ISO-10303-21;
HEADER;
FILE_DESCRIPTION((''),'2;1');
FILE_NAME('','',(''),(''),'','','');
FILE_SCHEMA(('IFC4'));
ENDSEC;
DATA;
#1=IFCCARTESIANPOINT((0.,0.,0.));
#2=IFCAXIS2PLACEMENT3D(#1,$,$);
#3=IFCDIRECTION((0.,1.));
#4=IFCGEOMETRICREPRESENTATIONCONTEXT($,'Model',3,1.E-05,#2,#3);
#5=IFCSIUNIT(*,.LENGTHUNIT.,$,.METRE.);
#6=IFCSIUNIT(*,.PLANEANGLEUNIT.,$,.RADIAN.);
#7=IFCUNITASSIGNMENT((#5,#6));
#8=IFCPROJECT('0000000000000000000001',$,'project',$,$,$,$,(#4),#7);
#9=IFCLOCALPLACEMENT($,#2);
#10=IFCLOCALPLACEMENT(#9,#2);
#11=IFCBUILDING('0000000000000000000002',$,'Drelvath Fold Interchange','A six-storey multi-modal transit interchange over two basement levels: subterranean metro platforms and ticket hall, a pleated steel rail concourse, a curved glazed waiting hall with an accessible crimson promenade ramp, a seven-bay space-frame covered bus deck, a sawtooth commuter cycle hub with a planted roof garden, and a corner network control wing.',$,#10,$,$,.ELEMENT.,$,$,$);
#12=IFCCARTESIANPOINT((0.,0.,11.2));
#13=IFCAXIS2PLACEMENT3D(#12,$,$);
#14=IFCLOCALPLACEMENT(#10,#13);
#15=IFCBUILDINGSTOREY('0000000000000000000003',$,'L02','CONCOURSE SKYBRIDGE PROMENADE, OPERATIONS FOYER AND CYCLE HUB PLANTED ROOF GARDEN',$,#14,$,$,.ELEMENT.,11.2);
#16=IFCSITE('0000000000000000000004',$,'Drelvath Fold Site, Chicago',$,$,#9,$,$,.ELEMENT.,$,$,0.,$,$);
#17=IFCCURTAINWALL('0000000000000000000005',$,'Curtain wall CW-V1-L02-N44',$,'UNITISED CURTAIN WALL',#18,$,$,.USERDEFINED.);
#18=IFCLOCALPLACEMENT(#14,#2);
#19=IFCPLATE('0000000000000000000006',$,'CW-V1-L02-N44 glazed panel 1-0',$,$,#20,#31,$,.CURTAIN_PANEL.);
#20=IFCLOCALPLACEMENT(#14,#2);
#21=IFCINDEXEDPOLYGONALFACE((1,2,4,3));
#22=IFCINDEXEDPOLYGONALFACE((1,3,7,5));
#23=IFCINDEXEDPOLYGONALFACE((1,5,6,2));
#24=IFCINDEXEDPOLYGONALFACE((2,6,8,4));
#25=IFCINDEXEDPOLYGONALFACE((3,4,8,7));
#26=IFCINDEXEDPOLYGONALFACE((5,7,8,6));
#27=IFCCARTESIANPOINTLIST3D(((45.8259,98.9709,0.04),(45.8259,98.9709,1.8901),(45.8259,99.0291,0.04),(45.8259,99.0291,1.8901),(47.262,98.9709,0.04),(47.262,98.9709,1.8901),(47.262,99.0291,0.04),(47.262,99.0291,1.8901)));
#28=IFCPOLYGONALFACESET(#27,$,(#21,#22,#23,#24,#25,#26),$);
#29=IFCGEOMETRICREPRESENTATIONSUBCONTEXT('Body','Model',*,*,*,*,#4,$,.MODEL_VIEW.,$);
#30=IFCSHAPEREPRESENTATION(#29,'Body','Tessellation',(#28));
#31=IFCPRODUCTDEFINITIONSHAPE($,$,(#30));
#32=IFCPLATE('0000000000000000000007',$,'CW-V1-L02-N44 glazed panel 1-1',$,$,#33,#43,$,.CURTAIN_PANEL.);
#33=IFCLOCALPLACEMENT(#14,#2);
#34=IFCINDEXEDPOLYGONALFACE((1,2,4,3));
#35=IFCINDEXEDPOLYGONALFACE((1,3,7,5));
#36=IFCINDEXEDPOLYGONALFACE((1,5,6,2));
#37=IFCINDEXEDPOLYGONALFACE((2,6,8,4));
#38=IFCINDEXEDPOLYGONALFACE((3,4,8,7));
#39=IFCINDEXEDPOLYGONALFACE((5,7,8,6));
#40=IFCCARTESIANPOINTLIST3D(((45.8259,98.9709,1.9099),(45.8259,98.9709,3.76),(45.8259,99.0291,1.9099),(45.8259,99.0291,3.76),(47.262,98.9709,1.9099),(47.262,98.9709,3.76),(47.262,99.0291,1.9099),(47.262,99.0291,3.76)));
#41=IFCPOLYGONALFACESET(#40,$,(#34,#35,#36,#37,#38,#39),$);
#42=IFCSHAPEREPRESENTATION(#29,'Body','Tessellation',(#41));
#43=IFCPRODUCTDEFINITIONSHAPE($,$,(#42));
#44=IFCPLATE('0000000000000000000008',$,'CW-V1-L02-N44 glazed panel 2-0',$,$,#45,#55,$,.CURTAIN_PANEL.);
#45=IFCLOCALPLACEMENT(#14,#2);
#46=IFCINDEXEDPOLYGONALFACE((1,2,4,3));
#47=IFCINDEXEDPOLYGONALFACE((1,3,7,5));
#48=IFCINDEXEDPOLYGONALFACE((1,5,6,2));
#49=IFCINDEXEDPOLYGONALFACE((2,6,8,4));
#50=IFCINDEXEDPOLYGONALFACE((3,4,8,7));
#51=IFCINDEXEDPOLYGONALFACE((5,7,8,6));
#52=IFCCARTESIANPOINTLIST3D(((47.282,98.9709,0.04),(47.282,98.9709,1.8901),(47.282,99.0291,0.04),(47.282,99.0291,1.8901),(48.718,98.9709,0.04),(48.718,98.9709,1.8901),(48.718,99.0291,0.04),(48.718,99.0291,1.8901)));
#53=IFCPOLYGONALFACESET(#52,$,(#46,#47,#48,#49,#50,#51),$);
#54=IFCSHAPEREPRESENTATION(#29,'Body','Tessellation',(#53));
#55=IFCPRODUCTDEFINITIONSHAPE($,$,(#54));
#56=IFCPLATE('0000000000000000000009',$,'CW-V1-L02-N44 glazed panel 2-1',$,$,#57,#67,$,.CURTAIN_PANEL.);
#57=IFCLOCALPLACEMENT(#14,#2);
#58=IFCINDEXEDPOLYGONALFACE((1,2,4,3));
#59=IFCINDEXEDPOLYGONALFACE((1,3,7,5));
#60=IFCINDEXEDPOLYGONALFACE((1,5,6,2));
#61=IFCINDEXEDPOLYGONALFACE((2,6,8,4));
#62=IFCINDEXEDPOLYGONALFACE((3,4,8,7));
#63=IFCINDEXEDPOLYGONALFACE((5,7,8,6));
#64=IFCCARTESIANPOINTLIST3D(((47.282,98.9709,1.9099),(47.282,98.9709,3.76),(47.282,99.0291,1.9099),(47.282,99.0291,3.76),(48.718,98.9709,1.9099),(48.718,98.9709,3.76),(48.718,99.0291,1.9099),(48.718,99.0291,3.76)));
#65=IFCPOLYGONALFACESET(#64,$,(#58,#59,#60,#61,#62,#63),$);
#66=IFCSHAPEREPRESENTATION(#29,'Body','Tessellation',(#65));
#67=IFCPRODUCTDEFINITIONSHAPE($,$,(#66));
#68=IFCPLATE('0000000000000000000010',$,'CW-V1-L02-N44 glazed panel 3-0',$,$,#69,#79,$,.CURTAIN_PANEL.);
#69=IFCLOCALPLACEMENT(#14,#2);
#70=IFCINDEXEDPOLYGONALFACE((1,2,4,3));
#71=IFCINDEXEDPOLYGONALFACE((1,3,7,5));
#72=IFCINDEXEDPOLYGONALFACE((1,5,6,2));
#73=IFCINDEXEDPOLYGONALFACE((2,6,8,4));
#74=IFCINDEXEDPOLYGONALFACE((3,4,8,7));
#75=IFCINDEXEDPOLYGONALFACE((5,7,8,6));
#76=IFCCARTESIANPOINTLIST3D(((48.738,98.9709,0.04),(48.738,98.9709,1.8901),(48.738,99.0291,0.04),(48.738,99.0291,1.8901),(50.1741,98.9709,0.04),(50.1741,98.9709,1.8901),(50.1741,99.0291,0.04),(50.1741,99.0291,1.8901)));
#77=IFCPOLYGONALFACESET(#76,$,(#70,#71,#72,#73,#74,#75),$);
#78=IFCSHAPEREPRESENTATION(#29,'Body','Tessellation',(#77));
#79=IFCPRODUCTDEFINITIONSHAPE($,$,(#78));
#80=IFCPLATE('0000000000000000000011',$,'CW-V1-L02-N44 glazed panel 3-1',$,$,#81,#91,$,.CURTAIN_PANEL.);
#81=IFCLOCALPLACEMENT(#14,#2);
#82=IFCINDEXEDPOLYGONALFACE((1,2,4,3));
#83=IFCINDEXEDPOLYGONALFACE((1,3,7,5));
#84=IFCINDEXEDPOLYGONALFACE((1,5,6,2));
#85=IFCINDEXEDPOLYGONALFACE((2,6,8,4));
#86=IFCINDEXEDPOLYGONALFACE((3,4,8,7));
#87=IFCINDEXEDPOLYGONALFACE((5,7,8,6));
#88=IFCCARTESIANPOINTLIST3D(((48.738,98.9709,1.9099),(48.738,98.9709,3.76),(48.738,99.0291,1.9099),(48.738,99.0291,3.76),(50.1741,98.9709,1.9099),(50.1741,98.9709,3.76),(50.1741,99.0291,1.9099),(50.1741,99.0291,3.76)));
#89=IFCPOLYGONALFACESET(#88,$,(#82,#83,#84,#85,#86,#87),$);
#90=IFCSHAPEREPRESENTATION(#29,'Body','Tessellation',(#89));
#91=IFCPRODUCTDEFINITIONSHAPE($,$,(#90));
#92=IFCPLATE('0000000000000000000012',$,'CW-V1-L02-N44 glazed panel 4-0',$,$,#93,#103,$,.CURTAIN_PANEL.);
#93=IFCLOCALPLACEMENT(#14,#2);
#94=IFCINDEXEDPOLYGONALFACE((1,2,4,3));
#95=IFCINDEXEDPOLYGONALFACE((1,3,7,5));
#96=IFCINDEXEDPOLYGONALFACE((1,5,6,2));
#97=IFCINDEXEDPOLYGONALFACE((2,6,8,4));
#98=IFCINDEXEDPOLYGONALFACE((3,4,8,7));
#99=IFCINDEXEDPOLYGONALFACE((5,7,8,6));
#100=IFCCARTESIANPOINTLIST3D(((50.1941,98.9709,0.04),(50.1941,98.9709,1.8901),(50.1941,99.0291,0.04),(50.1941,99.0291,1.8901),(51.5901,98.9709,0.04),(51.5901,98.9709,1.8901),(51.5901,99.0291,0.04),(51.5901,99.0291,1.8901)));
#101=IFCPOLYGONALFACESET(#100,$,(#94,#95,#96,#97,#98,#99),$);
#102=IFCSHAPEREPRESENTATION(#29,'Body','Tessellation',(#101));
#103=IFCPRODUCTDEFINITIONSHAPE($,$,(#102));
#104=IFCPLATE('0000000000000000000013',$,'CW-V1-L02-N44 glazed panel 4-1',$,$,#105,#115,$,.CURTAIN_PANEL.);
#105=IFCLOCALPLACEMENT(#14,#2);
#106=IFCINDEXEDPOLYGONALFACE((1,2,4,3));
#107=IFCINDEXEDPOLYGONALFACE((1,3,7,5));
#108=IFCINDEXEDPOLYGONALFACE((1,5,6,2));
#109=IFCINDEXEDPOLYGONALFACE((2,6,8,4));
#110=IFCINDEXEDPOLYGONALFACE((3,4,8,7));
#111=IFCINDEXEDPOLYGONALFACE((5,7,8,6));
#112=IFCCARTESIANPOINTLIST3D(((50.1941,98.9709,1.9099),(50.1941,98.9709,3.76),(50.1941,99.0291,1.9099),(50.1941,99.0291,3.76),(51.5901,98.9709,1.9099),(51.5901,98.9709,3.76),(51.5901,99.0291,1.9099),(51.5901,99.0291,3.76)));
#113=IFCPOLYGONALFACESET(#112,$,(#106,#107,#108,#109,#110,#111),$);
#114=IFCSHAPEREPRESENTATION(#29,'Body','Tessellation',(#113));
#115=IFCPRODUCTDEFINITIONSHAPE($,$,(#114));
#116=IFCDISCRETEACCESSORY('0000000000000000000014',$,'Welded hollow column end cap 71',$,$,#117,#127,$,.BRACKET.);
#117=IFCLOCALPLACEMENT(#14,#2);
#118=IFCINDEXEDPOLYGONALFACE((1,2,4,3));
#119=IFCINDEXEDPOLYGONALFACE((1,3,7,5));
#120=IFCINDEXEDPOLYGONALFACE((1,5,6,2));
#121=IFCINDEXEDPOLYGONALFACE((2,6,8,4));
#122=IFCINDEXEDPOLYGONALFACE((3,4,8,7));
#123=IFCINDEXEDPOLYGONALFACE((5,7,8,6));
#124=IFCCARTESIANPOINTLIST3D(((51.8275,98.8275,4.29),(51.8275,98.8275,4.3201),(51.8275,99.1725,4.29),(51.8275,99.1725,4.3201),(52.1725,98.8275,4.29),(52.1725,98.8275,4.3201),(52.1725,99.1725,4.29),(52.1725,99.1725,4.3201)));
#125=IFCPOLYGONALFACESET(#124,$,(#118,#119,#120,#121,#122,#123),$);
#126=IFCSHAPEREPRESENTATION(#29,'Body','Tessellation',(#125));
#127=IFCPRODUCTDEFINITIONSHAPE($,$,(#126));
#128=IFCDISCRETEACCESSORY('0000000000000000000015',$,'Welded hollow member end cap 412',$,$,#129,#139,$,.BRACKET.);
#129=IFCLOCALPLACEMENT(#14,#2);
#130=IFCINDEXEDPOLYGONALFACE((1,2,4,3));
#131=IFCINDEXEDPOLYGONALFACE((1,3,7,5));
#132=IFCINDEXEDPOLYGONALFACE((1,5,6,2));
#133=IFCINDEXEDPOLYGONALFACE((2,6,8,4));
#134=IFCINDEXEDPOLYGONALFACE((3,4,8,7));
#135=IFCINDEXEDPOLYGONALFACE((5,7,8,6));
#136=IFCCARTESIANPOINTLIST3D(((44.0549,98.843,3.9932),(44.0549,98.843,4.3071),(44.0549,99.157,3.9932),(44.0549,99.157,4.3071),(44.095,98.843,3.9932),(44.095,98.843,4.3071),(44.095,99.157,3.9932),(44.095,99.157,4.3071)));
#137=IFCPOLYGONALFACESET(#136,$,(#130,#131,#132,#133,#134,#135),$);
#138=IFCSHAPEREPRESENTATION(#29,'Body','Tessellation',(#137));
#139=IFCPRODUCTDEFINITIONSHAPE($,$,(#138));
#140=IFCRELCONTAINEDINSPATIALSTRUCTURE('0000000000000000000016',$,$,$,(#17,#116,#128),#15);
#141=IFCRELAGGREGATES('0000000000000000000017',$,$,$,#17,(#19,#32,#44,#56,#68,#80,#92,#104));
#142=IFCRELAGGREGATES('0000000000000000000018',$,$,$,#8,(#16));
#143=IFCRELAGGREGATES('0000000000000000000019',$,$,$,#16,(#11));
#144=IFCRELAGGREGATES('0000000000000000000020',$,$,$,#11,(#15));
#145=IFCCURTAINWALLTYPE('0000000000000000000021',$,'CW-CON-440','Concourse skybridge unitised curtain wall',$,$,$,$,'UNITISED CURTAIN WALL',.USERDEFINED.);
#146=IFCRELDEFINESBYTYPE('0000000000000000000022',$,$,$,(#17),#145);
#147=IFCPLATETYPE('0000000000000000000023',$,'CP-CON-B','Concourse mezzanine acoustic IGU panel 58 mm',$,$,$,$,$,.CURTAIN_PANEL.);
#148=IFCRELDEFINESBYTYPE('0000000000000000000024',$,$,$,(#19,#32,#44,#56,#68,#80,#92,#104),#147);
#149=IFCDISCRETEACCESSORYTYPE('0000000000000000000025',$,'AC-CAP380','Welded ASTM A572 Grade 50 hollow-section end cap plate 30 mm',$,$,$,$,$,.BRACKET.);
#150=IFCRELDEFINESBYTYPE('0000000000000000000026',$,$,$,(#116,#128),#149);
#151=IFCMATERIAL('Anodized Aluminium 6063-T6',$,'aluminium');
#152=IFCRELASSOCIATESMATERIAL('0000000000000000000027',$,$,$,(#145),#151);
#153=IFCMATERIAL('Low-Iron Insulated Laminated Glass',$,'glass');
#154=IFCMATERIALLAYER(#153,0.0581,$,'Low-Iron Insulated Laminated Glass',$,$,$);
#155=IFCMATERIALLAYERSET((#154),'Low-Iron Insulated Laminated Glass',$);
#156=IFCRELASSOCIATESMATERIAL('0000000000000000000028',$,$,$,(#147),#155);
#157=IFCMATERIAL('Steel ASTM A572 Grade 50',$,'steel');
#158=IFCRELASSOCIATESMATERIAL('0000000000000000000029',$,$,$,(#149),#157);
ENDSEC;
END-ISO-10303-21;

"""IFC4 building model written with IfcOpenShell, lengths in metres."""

from ifc_helpers import new_model, si_unit, direction, frame, origin, origin_2d, place, context, subcontext, project, spatial, rectangle, extrude, material, layer, layer_set, type_object, element, aggregate, save


model = new_model("IFC4")

# Units and contexts
model_context = context("Model", 3, precision=1e-05, world=origin(), true_north=direction((0.0, 1.0)))
body_context = subcontext(model_context, "Body", "Model", "MODEL_VIEW")
ifc_project = project(units=[si_unit("LENGTHUNIT", "METRE"), si_unit("PLANEANGLEUNIT", "RADIAN")], contexts=[model_context])

# Site, building, storey
site_placement = place(None, origin())
site = spatial("IfcSite", under=ifc_project, at=site_placement, Name="Drelvath Fold Site, Chicago", CompositionType="ELEMENT", RefElevation=0.0)
building_placement = place(site_placement, origin())
building = spatial("IfcBuilding", under=site, at=building_placement, Name="Drelvath Fold Interchange", Description="A six-storey multi-modal transit interchange over two basement levels: subterranean metro platforms and ticket hall, a pleated steel rail concourse, a curved glazed waiting hall with an accessible crimson promenade ramp, a seven-bay space-frame covered bus deck, a sawtooth commuter cycle hub with a planted roof garden, and a corner network control wing.", CompositionType="ELEMENT")
storey_placement = place(building_placement, frame((0.0, 0.0, 11.2)))
storey = spatial("IfcBuildingStorey", under=building, at=storey_placement, Name="L02", Description="CONCOURSE SKYBRIDGE PROMENADE, OPERATIONS FOYER AND CYCLE HUB PLANTED ROOF GARDEN", CompositionType="ELEMENT", Elevation=11.2)

# Curtain wall, plates
ifc_material_1 = material(Name="Anodized Aluminium 6063-T6", Category="aluminium")
curtain_wall_type = type_object("IfcCurtainWallType", Name="CW-CON-440", Description="Concourse skybridge unitised curtain wall", ElementType="UNITISED CURTAIN WALL", PredefinedType="USERDEFINED", material=ifc_material_1)
curtain_wall_placement = place(storey_placement, origin())
curtain_wall = element("IfcCurtainWall", 1, at=curtain_wall_placement, inside=storey, type_object=curtain_wall_type, Name="Curtain wall CW-V1-L02-N44", ObjectType="UNITISED CURTAIN WALL", PredefinedType="USERDEFINED")
ifc_material_2 = material(Name="Low-Iron Insulated Laminated Glass", Category="glass")
ifc_layer = layer(ifc_material_2, 0.0581, Name="Low-Iron Insulated Laminated Glass")
ifc_layer_set = layer_set([ifc_layer], Name="Low-Iron Insulated Laminated Glass")
plate_type = type_object("IfcPlateType", Name="CP-CON-B", Description="Concourse mezzanine acoustic IGU panel 58 mm", PredefinedType="CURTAIN_PANEL", material=ifc_layer_set)
plate_1_placement = place(storey_placement, frame((46.5439, 99.0, 0.04), z_axis=(0.0, 0.0, 1.0), x_axis=(1.0, 0.0, 0.0)))
plate_1 = element("IfcPlate", 2, at=plate_1_placement, type_object=plate_type, Name="CW-V1-L02-N44 glazed panel 1-0", PredefinedType="CURTAIN_PANEL", context=body_context, shape_type="SweptSolid", body=[
    extrude(rectangle(XDim=1.436, YDim=0.0581, at=origin_2d()), origin(), (0.0, 0.0, 1.0), 1.8501),
])
plate_2_placement = place(storey_placement, frame((46.5439, 99.0, 1.9099), z_axis=(0.0, 0.0, 1.0), x_axis=(1.0, 0.0, 0.0)))
plate_2 = element("IfcPlate", 3, at=plate_2_placement, type_object=plate_type, Name="CW-V1-L02-N44 glazed panel 1-1", PredefinedType="CURTAIN_PANEL", context=body_context, shape_type="SweptSolid", body=[
    extrude(rectangle(XDim=1.436, YDim=0.0581, at=origin_2d()), origin(), (0.0, 0.0, 1.0), 1.8501),
])
plate_3_placement = place(storey_placement, frame((48.0, 99.0, 0.04), z_axis=(0.0, 0.0, 1.0), x_axis=(1.0, 0.0, 0.0)))
plate_3 = element("IfcPlate", 4, at=plate_3_placement, type_object=plate_type, Name="CW-V1-L02-N44 glazed panel 2-0", PredefinedType="CURTAIN_PANEL", context=body_context, shape_type="SweptSolid", body=[
    extrude(rectangle(XDim=1.436, YDim=0.0581, at=origin_2d()), origin(), (0.0, 0.0, 1.0), 1.8501),
])
plate_4_placement = place(storey_placement, frame((48.0, 99.0, 1.9099), z_axis=(0.0, 0.0, 1.0), x_axis=(1.0, 0.0, 0.0)))
plate_4 = element("IfcPlate", 5, at=plate_4_placement, type_object=plate_type, Name="CW-V1-L02-N44 glazed panel 2-1", PredefinedType="CURTAIN_PANEL", context=body_context, shape_type="SweptSolid", body=[
    extrude(rectangle(XDim=1.436, YDim=0.0581, at=origin_2d()), origin(), (0.0, 0.0, 1.0), 1.8501),
])
plate_5_placement = place(storey_placement, frame((49.4561, 99.0, 0.04), z_axis=(0.0, 0.0, 1.0), x_axis=(1.0, 0.0, 0.0)))
plate_5 = element("IfcPlate", 6, at=plate_5_placement, type_object=plate_type, Name="CW-V1-L02-N44 glazed panel 3-0", PredefinedType="CURTAIN_PANEL", context=body_context, shape_type="SweptSolid", body=[
    extrude(rectangle(XDim=1.436, YDim=0.0581, at=origin_2d()), origin(), (0.0, 0.0, 1.0), 1.8501),
])
plate_6_placement = place(storey_placement, frame((49.4561, 99.0, 1.9099), z_axis=(0.0, 0.0, 1.0), x_axis=(1.0, 0.0, 0.0)))
plate_6 = element("IfcPlate", 7, at=plate_6_placement, type_object=plate_type, Name="CW-V1-L02-N44 glazed panel 3-1", PredefinedType="CURTAIN_PANEL", context=body_context, shape_type="SweptSolid", body=[
    extrude(rectangle(XDim=1.436, YDim=0.0581, at=origin_2d()), origin(), (0.0, 0.0, 1.0), 1.8501),
])
plate_7_placement = place(storey_placement, frame((50.8921, 99.0, 0.04), z_axis=(0.0, 0.0, 1.0), x_axis=(1.0, 0.0, 0.0)))
plate_7 = element("IfcPlate", 8, at=plate_7_placement, type_object=plate_type, Name="CW-V1-L02-N44 glazed panel 4-0", PredefinedType="CURTAIN_PANEL", context=body_context, shape_type="SweptSolid", body=[
    extrude(rectangle(XDim=1.396, YDim=0.0581, at=origin_2d()), origin(), (0.0, 0.0, 1.0), 1.8501),
])
plate_8_placement = place(storey_placement, frame((50.8921, 99.0, 1.9099), z_axis=(0.0, 0.0, 1.0), x_axis=(1.0, 0.0, 0.0)))
plate_8 = element("IfcPlate", 9, at=plate_8_placement, type_object=plate_type, Name="CW-V1-L02-N44 glazed panel 4-1", PredefinedType="CURTAIN_PANEL", context=body_context, shape_type="SweptSolid", body=[
    extrude(rectangle(XDim=1.396, YDim=0.0581, at=origin_2d()), origin(), (0.0, 0.0, 1.0), 1.8501),
])
aggregate(curtain_wall, [plate_1, plate_2, plate_3, plate_4, plate_5, plate_6, plate_7, plate_8])

# Discrete accessories
ifc_material_3 = material(Name="Steel ASTM A572 Grade 50", Category="steel")
discrete_accessory_type = type_object("IfcDiscreteAccessoryType", Name="AC-CAP380", Description="Welded ASTM A572 Grade 50 hollow-section end cap plate 30 mm", PredefinedType="BRACKET", material=ifc_material_3)
discrete_accessory_1_placement = place(storey_placement, frame((52.0, 99.0, 4.29), z_axis=(0.0, 0.0, 1.0), x_axis=(1.0, 0.0, 0.0)))
element("IfcDiscreteAccessory", 10, at=discrete_accessory_1_placement, inside=storey, type_object=discrete_accessory_type, Name="Welded hollow column end cap 71", PredefinedType="BRACKET", context=body_context, shape_type="SweptSolid", body=[
    extrude(rectangle(XDim=0.345, YDim=0.345, at=origin_2d()), origin(), (0.0, 0.0, 1.0), 0.03),
])
discrete_accessory_2_placement = place(storey_placement, frame((44.075, 99.0, 3.9932), z_axis=(0.0, 0.0, 1.0), x_axis=(1.0, 0.0, 0.0)))
element("IfcDiscreteAccessory", 11, at=discrete_accessory_2_placement, inside=storey, type_object=discrete_accessory_type, Name="Welded hollow member end cap 412", PredefinedType="BRACKET", context=body_context, shape_type="SweptSolid", body=[
    extrude(rectangle(XDim=0.04, YDim=0.314, at=origin_2d()), origin(), (0.0, 0.0, 1.0), 0.314),
])

save(model, "model.ifc")
